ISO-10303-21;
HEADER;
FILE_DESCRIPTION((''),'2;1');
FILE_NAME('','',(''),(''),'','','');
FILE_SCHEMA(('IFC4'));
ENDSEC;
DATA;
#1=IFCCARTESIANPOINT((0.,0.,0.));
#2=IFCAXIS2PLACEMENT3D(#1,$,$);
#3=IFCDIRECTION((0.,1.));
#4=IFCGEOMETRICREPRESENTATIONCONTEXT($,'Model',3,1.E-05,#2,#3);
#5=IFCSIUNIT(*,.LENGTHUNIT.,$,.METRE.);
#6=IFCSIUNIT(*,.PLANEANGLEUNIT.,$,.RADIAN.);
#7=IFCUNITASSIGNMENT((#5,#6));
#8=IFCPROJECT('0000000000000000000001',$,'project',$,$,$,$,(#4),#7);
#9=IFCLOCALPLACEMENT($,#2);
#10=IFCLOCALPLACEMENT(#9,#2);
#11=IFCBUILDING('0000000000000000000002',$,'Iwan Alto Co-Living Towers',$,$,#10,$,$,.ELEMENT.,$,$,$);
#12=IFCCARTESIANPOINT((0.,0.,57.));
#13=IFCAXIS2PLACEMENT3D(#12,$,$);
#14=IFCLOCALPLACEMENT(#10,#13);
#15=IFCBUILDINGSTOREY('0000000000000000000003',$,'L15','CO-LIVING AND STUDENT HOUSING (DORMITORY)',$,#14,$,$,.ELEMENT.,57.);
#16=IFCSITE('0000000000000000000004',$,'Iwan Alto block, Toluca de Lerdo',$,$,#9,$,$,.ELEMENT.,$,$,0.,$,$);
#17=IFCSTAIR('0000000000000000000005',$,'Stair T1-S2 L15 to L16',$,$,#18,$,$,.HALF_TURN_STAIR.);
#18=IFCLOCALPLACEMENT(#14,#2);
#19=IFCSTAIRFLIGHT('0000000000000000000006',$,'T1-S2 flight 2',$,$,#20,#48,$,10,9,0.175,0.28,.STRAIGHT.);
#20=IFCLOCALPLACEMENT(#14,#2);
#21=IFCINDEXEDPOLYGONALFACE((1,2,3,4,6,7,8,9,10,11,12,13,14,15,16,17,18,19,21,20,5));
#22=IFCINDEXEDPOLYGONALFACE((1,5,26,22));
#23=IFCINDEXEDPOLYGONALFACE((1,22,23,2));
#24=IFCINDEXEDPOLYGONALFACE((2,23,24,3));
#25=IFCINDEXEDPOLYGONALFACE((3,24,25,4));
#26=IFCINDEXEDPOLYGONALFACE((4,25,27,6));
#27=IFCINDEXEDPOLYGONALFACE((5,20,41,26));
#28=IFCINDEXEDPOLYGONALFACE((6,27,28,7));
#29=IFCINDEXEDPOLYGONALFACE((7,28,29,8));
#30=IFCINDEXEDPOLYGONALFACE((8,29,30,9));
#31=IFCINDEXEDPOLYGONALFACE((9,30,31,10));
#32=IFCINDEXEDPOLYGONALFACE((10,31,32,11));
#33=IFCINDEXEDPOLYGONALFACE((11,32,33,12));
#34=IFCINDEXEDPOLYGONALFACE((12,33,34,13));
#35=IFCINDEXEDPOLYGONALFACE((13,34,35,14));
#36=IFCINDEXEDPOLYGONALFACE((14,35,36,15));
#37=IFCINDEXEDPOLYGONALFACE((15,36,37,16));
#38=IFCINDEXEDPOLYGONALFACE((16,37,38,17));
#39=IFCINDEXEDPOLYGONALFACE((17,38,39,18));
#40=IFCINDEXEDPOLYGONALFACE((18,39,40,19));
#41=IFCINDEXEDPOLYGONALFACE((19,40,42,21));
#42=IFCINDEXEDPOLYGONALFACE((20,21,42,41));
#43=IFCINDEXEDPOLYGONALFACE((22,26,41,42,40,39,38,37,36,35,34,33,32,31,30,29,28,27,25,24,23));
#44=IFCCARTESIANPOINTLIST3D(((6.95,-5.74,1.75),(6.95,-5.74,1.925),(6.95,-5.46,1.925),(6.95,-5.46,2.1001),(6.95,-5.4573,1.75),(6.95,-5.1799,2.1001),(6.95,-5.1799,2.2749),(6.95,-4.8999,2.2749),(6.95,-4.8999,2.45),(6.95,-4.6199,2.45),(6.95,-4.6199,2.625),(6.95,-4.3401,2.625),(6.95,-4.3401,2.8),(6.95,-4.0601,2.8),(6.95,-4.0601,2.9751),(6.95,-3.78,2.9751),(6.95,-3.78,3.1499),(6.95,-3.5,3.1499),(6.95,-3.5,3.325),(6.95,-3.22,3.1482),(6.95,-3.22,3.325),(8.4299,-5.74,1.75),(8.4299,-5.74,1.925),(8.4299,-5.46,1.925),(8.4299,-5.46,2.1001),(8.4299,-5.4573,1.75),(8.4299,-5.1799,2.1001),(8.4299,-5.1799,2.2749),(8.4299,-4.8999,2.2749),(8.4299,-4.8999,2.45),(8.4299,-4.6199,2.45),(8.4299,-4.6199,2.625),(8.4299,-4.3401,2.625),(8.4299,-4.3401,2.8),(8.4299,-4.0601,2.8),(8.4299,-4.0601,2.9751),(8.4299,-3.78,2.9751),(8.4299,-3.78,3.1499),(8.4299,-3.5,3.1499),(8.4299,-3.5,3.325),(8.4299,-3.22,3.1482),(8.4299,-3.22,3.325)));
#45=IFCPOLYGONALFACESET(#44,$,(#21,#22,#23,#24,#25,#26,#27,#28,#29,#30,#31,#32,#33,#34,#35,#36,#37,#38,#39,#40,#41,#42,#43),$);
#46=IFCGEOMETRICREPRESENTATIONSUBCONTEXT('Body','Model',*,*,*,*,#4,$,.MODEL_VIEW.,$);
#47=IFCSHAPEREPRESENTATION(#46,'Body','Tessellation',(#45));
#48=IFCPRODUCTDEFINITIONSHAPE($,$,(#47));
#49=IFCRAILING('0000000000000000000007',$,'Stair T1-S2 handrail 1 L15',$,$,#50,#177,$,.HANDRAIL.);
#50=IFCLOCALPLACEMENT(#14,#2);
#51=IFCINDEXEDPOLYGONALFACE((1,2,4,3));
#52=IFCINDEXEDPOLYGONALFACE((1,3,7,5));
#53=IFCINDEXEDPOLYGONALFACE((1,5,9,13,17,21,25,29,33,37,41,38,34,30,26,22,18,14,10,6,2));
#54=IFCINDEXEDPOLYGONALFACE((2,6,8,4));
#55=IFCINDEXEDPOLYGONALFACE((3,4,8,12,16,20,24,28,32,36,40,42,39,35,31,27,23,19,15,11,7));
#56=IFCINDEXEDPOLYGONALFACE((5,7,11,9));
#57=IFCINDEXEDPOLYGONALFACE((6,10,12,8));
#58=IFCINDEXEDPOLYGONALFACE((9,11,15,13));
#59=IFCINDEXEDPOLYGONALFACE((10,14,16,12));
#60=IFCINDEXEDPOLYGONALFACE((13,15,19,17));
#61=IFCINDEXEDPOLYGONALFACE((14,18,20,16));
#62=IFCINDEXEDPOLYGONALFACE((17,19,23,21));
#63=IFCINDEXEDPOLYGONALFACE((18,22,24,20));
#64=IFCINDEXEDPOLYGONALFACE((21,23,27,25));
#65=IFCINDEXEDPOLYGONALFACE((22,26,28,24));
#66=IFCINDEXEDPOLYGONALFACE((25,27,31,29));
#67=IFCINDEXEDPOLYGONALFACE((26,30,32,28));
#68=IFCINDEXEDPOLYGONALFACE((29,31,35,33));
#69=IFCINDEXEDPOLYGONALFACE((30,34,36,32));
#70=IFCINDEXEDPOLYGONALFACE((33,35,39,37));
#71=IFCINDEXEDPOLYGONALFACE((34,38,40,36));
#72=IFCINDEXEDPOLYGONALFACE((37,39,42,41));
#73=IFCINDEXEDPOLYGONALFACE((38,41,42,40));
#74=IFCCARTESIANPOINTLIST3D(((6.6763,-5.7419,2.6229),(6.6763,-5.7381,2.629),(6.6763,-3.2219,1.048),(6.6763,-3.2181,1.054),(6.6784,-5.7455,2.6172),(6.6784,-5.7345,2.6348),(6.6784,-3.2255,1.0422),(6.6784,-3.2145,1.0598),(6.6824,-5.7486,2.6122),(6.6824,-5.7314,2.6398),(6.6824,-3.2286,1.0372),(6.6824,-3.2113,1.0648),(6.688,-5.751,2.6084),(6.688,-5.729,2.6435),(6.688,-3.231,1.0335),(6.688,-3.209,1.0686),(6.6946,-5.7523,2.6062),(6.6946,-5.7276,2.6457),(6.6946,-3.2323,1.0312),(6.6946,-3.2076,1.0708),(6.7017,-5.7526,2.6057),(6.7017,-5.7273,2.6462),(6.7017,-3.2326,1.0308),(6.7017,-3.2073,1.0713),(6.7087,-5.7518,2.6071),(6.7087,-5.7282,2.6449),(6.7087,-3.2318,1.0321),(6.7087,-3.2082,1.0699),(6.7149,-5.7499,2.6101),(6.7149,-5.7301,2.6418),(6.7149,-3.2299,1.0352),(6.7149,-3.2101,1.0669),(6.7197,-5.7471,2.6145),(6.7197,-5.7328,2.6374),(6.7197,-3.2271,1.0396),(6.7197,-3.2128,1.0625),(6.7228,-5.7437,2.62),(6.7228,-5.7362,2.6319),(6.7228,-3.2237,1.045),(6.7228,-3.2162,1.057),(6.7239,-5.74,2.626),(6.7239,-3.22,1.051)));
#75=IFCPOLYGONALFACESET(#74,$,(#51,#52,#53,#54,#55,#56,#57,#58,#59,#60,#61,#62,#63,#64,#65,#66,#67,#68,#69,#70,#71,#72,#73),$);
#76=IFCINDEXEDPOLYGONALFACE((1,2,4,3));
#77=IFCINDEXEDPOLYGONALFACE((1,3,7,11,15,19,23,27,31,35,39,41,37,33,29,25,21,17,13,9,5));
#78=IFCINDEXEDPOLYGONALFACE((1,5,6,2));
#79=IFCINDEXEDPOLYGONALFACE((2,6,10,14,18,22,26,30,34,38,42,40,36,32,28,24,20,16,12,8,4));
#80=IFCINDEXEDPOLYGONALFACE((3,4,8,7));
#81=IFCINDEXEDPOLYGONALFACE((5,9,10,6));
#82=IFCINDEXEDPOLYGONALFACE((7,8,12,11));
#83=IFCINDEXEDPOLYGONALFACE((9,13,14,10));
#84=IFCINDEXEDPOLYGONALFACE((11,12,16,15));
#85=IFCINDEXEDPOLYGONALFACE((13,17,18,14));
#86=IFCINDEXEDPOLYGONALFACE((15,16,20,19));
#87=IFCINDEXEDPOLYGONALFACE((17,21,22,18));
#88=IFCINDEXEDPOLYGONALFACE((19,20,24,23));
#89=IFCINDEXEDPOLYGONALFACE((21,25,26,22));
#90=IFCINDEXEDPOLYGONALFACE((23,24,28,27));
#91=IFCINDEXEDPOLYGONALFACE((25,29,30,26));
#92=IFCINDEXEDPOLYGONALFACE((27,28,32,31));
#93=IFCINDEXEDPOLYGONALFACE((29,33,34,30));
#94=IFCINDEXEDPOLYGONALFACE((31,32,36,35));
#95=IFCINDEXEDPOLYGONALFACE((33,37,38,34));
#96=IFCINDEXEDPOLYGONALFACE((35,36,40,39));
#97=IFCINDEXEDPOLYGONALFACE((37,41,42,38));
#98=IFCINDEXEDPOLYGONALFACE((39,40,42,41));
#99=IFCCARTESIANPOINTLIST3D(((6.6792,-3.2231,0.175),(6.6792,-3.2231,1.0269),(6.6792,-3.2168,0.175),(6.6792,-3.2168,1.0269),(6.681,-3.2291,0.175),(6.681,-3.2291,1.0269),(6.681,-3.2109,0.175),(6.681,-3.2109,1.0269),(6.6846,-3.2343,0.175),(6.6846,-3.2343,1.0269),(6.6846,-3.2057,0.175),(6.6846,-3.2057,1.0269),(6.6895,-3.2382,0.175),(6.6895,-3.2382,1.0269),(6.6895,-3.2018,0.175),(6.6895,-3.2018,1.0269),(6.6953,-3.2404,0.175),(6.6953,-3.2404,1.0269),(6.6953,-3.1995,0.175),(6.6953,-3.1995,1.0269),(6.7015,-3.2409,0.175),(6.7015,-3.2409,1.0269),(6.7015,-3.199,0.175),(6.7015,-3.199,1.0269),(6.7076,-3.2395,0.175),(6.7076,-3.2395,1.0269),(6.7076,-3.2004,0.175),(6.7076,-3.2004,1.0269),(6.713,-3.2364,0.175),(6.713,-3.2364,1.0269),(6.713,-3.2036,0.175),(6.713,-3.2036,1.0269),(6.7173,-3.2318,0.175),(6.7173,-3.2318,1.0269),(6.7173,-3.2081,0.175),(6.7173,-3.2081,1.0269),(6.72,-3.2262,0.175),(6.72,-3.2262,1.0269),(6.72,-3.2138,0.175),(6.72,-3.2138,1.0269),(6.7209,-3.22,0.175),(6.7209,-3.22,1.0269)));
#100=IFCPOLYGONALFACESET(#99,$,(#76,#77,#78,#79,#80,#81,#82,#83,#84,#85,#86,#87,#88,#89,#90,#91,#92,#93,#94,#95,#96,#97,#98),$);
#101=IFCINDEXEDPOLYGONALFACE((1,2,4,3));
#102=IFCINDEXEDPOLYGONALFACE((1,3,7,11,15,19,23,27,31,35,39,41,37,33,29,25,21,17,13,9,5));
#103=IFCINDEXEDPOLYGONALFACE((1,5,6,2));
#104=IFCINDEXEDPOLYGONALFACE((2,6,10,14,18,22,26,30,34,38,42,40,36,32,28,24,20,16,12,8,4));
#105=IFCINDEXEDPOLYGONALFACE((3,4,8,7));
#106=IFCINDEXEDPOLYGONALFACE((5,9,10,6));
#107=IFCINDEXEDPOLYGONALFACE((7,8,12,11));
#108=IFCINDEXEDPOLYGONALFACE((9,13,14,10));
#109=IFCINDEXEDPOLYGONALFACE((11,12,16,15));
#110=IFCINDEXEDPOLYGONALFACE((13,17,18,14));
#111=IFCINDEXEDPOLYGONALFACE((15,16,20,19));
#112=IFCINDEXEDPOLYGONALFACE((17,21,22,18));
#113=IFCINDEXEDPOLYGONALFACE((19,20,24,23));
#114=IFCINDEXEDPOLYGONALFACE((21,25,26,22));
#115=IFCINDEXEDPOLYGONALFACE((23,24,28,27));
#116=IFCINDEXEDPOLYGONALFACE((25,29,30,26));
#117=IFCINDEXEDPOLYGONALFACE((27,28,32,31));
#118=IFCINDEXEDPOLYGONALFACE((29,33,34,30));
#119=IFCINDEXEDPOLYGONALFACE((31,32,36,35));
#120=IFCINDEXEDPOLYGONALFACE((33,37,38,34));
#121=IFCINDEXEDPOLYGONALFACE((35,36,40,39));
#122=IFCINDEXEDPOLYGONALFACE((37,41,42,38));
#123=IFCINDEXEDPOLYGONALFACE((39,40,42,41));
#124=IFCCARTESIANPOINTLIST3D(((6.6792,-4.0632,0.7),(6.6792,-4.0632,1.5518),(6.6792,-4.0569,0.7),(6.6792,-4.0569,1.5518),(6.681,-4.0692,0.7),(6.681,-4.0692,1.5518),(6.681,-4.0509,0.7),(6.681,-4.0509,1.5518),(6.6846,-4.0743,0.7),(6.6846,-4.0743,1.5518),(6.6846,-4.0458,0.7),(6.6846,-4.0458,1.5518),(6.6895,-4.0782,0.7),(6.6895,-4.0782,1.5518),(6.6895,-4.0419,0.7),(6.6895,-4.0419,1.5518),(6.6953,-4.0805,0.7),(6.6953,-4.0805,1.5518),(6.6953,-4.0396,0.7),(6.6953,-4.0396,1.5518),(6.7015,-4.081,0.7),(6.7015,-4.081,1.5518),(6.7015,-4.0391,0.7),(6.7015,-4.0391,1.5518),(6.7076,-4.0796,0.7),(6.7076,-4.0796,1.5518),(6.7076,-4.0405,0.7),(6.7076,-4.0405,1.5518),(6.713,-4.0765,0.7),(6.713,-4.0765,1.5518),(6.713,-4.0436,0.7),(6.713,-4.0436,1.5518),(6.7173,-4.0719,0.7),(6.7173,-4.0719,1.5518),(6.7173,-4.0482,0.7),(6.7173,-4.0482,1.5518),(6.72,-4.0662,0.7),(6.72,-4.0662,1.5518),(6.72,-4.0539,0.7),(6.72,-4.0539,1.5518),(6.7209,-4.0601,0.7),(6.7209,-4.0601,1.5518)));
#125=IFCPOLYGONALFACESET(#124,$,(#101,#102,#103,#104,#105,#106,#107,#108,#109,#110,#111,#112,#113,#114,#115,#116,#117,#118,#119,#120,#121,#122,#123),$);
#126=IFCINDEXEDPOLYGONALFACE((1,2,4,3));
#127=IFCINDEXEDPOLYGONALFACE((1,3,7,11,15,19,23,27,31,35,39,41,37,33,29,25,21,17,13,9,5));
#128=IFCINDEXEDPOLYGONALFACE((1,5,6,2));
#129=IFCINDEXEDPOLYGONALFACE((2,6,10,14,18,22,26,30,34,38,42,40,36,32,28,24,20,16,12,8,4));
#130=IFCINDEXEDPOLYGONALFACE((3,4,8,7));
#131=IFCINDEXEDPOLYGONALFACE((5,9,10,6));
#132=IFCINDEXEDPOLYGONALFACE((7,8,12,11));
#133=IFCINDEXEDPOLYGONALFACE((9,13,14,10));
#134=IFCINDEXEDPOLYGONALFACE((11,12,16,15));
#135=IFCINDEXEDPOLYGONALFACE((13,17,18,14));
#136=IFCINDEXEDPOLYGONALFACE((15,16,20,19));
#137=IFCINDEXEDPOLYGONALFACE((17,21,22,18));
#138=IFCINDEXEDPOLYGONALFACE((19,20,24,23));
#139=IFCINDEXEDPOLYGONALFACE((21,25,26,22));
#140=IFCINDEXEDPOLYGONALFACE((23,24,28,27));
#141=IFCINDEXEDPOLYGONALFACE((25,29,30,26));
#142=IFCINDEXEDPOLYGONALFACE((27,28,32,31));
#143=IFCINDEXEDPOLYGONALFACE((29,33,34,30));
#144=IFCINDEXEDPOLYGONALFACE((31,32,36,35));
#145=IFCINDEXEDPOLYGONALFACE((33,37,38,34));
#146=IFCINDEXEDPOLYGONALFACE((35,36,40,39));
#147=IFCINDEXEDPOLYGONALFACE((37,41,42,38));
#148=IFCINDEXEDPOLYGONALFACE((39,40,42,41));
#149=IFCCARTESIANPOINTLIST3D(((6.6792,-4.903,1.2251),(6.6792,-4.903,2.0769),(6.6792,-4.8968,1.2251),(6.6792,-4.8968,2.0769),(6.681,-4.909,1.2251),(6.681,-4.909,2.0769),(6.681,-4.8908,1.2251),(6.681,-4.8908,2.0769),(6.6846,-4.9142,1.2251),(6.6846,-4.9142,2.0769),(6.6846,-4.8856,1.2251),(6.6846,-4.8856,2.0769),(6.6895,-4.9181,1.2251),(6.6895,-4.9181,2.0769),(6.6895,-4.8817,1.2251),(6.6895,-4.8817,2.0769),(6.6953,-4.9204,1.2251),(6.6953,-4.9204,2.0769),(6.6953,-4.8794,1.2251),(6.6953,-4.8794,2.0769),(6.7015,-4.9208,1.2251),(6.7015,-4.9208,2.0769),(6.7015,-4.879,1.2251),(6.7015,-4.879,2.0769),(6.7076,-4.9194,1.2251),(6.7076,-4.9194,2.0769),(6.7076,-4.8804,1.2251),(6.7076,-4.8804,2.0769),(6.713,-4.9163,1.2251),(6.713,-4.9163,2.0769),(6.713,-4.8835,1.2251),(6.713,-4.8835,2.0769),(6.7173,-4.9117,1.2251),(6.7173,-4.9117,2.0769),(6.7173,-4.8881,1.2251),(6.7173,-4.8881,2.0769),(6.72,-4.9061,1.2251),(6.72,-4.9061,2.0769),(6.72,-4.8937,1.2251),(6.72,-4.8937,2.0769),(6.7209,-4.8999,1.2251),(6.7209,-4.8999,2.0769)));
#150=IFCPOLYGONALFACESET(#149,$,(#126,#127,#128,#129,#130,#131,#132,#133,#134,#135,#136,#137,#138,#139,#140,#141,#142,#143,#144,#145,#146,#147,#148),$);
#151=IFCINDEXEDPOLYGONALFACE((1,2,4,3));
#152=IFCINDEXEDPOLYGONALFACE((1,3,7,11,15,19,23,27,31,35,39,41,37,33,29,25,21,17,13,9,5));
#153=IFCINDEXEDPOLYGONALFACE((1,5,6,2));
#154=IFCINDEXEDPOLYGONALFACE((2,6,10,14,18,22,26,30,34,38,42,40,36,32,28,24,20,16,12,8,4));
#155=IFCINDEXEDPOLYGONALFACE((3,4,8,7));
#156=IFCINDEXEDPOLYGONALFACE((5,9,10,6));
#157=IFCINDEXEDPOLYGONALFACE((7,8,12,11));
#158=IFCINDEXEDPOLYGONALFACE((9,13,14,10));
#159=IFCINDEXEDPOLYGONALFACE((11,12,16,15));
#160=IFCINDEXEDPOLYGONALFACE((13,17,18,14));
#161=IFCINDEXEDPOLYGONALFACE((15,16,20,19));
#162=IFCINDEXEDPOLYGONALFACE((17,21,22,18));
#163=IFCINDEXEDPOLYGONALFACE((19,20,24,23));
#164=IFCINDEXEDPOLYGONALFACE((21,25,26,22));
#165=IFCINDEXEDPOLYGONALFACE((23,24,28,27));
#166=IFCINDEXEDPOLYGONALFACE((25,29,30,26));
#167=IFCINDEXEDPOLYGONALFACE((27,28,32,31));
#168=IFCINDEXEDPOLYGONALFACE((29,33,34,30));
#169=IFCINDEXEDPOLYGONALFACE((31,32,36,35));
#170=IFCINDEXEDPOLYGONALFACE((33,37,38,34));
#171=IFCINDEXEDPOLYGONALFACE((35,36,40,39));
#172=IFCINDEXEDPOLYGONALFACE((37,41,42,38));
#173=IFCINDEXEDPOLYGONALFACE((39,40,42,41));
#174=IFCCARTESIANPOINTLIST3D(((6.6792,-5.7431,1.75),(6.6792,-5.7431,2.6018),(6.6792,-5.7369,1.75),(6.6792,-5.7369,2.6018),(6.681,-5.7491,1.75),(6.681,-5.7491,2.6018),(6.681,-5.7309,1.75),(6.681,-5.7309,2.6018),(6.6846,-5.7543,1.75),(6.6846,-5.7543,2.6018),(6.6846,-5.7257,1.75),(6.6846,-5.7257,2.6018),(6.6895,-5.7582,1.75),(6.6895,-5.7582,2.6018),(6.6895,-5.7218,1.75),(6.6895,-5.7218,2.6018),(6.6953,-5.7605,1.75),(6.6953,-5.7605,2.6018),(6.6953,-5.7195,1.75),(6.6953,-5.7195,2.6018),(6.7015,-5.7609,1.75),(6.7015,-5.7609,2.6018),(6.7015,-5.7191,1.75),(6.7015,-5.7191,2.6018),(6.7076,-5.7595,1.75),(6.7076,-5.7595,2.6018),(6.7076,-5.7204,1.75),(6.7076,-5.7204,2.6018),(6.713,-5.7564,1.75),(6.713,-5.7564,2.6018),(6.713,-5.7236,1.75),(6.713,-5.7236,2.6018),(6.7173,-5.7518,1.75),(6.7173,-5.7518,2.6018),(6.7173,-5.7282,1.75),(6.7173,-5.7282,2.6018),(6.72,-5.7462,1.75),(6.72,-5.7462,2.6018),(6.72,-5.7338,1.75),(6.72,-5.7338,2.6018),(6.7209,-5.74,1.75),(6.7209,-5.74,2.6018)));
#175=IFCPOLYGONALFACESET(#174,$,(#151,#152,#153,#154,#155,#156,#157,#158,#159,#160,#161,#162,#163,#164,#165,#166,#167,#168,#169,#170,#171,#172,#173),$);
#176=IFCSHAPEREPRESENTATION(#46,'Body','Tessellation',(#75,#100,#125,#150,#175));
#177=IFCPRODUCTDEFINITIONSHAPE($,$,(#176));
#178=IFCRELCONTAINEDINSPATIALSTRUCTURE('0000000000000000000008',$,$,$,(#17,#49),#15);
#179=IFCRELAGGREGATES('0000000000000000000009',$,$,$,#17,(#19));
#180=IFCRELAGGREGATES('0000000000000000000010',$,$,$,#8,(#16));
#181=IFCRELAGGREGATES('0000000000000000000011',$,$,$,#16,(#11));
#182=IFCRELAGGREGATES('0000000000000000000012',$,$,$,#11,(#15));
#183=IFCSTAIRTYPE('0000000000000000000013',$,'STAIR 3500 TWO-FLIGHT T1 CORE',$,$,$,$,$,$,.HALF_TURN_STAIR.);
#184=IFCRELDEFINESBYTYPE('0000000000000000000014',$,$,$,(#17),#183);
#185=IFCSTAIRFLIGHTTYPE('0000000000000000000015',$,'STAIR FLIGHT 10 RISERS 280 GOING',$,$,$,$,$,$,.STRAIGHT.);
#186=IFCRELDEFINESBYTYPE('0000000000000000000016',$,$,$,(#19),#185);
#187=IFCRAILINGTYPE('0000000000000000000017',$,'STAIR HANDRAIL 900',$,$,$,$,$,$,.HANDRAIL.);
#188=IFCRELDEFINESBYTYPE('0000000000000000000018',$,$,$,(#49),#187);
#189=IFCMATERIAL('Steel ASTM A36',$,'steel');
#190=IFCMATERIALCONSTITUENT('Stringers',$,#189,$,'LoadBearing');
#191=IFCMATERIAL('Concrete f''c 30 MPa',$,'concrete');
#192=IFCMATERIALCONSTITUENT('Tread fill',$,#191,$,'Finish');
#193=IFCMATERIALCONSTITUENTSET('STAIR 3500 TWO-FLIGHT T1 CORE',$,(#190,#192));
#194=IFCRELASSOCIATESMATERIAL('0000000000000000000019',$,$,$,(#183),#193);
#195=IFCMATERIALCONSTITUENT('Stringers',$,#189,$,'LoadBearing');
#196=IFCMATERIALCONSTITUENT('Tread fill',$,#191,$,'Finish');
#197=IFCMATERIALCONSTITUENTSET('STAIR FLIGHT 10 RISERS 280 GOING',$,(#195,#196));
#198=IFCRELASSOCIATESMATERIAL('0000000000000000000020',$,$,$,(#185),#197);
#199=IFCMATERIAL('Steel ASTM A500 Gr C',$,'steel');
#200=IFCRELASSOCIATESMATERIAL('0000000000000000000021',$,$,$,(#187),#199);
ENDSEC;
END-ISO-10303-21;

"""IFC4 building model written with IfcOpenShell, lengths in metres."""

from ifc_helpers import new_model, si_unit, direction, frame, origin, origin_2d, place, context, subcontext, project, spatial, polyline, circle, outline, extrude, material, constituent, constituent_set, type_object, element, aggregate, save


model = new_model("IFC4")

# Units and contexts
model_context = context("Model", 3, precision=1e-05, world=origin(), true_north=direction((0.0, 1.0)))
body_context = subcontext(model_context, "Body", "Model", "MODEL_VIEW")
ifc_project = project(units=[si_unit("LENGTHUNIT", "METRE"), si_unit("PLANEANGLEUNIT", "RADIAN")], contexts=[model_context])

# Site, building, storey
site_placement = place(None, origin())
site = spatial("IfcSite", under=ifc_project, at=site_placement, Name="Iwan Alto block, Toluca de Lerdo", CompositionType="ELEMENT", RefElevation=0.0)
building_placement = place(site_placement, origin())
building = spatial("IfcBuilding", under=site, at=building_placement, Name="Iwan Alto Co-Living Towers", CompositionType="ELEMENT")
storey_placement = place(building_placement, frame((0.0, 0.0, 57.0)))
storey = spatial("IfcBuildingStorey", under=building, at=storey_placement, Name="L15", Description="CO-LIVING AND STUDENT HOUSING (DORMITORY)", CompositionType="ELEMENT", Elevation=57.0)

# Stair, stair flight
ifc_material_1 = material(Name="Steel ASTM A36", Category="steel")
ifc_constituent_1 = constituent(ifc_material_1, Name="Stringers", Category="LoadBearing")
ifc_material_2 = material(Name="Concrete f'c 30 MPa", Category="concrete")
ifc_constituent_2 = constituent(ifc_material_2, Name="Tread fill", Category="Finish")
ifc_constituent_set_1 = constituent_set(constituents=[ifc_constituent_1, ifc_constituent_2], Name="STAIR 3500 TWO-FLIGHT T1 CORE")
stair_type = type_object("IfcStairType", Name="STAIR 3500 TWO-FLIGHT T1 CORE", PredefinedType="HALF_TURN_STAIR", material=ifc_constituent_set_1)
stair_placement = place(storey_placement, origin())
stair = element("IfcStair", 1, at=stair_placement, inside=storey, type_object=stair_type, Name="Stair T1-S2 L15 to L16", PredefinedType="HALF_TURN_STAIR")
ifc_constituent_3 = constituent(ifc_material_1, Name="Stringers", Category="LoadBearing")
ifc_constituent_4 = constituent(ifc_material_2, Name="Tread fill", Category="Finish")
ifc_constituent_set_2 = constituent_set(constituents=[ifc_constituent_3, ifc_constituent_4], Name="STAIR FLIGHT 10 RISERS 280 GOING")
stair_flight_type = type_object("IfcStairFlightType", Name="STAIR FLIGHT 10 RISERS 280 GOING", PredefinedType="STRAIGHT", material=ifc_constituent_set_2)
stair_flight_1_placement = place(storey_placement, frame((7.6899, -5.74, 1.75), z_axis=(0.0, 0.0, 1.0), x_axis=(0.0, 1.0, 0.0)))
stair_flight_1 = element("IfcStairFlight", 2, at=stair_flight_1_placement, type_object=stair_flight_type, Name="T1-S2 flight 2", NumberOfRisers=10, NumberOfTreads=9, PredefinedType="STRAIGHT", RiserHeight=0.175, TreadLength=0.28, context=body_context, shape_type="SweptSolid", body=[
    extrude(outline(polyline([(0.0, 0.0), (0.0, 0.175), (0.28, 0.175), (0.28, 0.3501), (0.5601, 0.3501), (0.5601, 0.5249), (0.8401, 0.5249), (0.8401, 0.7), (1.1201, 0.7), (1.1201, 0.875), (1.3999, 0.875), (1.3999, 1.05), (1.6799, 1.05), (1.6799, 1.2251), (1.96, 1.2251), (1.96, 1.3999), (2.24, 1.3999), (2.24, 1.575), (2.52, 1.575), (2.52, 1.75), (2.52, 1.3982), (0.2827, 0.0), (0.0, 0.0)])), frame((0.0, 0.74, 0.0), z_axis=(0.0, -1.0, 0.0), x_axis=(1.0, 0.0, 0.0)), (0.0, 0.0, 1.0), 1.48),
])
aggregate(stair, [stair_flight_1])

# Railing
ifc_material_3 = material(Name="Steel ASTM A500 Gr C", Category="steel")
railing_type_1 = type_object("IfcRailingType", Name="STAIR HANDRAIL 900", PredefinedType="HANDRAIL", material=ifc_material_3)
railing_1_placement = place(storey_placement, frame((6.7, -3.22, 0.175)))
element("IfcRailing", 3, at=railing_1_placement, inside=storey, type_object=railing_type_1, Name="Stair T1-S2 handrail 1 L15", PredefinedType="HANDRAIL", context=body_context, shape_type="SweptSolid", body=[
    extrude(circle(Radius=0.0239, at=origin_2d()), frame((0.0, 0.0, 0.876), z_axis=(0.0, -0.848008, 0.529984), x_axis=(1.0, 0.0, 0.0)), (0.0, 0.0, 1.0), 2.9717),
    extrude(circle(Radius=0.021, at=origin_2d()), origin(), (0.0, 0.0, 1.0), 0.8518),
    extrude(circle(Radius=0.021, at=origin_2d()), frame((0.0, -0.8401, 0.5249)), (0.0, 0.0, 1.0), 0.8518),
    extrude(circle(Radius=0.021, at=origin_2d()), frame((0.0, -1.6799, 1.05)), (0.0, 0.0, 1.0), 0.8518),
    extrude(circle(Radius=0.021, at=origin_2d()), frame((0.0, -2.52, 1.575)), (0.0, 0.0, 1.0), 0.8518),
])

save(model, "model.ifc")
